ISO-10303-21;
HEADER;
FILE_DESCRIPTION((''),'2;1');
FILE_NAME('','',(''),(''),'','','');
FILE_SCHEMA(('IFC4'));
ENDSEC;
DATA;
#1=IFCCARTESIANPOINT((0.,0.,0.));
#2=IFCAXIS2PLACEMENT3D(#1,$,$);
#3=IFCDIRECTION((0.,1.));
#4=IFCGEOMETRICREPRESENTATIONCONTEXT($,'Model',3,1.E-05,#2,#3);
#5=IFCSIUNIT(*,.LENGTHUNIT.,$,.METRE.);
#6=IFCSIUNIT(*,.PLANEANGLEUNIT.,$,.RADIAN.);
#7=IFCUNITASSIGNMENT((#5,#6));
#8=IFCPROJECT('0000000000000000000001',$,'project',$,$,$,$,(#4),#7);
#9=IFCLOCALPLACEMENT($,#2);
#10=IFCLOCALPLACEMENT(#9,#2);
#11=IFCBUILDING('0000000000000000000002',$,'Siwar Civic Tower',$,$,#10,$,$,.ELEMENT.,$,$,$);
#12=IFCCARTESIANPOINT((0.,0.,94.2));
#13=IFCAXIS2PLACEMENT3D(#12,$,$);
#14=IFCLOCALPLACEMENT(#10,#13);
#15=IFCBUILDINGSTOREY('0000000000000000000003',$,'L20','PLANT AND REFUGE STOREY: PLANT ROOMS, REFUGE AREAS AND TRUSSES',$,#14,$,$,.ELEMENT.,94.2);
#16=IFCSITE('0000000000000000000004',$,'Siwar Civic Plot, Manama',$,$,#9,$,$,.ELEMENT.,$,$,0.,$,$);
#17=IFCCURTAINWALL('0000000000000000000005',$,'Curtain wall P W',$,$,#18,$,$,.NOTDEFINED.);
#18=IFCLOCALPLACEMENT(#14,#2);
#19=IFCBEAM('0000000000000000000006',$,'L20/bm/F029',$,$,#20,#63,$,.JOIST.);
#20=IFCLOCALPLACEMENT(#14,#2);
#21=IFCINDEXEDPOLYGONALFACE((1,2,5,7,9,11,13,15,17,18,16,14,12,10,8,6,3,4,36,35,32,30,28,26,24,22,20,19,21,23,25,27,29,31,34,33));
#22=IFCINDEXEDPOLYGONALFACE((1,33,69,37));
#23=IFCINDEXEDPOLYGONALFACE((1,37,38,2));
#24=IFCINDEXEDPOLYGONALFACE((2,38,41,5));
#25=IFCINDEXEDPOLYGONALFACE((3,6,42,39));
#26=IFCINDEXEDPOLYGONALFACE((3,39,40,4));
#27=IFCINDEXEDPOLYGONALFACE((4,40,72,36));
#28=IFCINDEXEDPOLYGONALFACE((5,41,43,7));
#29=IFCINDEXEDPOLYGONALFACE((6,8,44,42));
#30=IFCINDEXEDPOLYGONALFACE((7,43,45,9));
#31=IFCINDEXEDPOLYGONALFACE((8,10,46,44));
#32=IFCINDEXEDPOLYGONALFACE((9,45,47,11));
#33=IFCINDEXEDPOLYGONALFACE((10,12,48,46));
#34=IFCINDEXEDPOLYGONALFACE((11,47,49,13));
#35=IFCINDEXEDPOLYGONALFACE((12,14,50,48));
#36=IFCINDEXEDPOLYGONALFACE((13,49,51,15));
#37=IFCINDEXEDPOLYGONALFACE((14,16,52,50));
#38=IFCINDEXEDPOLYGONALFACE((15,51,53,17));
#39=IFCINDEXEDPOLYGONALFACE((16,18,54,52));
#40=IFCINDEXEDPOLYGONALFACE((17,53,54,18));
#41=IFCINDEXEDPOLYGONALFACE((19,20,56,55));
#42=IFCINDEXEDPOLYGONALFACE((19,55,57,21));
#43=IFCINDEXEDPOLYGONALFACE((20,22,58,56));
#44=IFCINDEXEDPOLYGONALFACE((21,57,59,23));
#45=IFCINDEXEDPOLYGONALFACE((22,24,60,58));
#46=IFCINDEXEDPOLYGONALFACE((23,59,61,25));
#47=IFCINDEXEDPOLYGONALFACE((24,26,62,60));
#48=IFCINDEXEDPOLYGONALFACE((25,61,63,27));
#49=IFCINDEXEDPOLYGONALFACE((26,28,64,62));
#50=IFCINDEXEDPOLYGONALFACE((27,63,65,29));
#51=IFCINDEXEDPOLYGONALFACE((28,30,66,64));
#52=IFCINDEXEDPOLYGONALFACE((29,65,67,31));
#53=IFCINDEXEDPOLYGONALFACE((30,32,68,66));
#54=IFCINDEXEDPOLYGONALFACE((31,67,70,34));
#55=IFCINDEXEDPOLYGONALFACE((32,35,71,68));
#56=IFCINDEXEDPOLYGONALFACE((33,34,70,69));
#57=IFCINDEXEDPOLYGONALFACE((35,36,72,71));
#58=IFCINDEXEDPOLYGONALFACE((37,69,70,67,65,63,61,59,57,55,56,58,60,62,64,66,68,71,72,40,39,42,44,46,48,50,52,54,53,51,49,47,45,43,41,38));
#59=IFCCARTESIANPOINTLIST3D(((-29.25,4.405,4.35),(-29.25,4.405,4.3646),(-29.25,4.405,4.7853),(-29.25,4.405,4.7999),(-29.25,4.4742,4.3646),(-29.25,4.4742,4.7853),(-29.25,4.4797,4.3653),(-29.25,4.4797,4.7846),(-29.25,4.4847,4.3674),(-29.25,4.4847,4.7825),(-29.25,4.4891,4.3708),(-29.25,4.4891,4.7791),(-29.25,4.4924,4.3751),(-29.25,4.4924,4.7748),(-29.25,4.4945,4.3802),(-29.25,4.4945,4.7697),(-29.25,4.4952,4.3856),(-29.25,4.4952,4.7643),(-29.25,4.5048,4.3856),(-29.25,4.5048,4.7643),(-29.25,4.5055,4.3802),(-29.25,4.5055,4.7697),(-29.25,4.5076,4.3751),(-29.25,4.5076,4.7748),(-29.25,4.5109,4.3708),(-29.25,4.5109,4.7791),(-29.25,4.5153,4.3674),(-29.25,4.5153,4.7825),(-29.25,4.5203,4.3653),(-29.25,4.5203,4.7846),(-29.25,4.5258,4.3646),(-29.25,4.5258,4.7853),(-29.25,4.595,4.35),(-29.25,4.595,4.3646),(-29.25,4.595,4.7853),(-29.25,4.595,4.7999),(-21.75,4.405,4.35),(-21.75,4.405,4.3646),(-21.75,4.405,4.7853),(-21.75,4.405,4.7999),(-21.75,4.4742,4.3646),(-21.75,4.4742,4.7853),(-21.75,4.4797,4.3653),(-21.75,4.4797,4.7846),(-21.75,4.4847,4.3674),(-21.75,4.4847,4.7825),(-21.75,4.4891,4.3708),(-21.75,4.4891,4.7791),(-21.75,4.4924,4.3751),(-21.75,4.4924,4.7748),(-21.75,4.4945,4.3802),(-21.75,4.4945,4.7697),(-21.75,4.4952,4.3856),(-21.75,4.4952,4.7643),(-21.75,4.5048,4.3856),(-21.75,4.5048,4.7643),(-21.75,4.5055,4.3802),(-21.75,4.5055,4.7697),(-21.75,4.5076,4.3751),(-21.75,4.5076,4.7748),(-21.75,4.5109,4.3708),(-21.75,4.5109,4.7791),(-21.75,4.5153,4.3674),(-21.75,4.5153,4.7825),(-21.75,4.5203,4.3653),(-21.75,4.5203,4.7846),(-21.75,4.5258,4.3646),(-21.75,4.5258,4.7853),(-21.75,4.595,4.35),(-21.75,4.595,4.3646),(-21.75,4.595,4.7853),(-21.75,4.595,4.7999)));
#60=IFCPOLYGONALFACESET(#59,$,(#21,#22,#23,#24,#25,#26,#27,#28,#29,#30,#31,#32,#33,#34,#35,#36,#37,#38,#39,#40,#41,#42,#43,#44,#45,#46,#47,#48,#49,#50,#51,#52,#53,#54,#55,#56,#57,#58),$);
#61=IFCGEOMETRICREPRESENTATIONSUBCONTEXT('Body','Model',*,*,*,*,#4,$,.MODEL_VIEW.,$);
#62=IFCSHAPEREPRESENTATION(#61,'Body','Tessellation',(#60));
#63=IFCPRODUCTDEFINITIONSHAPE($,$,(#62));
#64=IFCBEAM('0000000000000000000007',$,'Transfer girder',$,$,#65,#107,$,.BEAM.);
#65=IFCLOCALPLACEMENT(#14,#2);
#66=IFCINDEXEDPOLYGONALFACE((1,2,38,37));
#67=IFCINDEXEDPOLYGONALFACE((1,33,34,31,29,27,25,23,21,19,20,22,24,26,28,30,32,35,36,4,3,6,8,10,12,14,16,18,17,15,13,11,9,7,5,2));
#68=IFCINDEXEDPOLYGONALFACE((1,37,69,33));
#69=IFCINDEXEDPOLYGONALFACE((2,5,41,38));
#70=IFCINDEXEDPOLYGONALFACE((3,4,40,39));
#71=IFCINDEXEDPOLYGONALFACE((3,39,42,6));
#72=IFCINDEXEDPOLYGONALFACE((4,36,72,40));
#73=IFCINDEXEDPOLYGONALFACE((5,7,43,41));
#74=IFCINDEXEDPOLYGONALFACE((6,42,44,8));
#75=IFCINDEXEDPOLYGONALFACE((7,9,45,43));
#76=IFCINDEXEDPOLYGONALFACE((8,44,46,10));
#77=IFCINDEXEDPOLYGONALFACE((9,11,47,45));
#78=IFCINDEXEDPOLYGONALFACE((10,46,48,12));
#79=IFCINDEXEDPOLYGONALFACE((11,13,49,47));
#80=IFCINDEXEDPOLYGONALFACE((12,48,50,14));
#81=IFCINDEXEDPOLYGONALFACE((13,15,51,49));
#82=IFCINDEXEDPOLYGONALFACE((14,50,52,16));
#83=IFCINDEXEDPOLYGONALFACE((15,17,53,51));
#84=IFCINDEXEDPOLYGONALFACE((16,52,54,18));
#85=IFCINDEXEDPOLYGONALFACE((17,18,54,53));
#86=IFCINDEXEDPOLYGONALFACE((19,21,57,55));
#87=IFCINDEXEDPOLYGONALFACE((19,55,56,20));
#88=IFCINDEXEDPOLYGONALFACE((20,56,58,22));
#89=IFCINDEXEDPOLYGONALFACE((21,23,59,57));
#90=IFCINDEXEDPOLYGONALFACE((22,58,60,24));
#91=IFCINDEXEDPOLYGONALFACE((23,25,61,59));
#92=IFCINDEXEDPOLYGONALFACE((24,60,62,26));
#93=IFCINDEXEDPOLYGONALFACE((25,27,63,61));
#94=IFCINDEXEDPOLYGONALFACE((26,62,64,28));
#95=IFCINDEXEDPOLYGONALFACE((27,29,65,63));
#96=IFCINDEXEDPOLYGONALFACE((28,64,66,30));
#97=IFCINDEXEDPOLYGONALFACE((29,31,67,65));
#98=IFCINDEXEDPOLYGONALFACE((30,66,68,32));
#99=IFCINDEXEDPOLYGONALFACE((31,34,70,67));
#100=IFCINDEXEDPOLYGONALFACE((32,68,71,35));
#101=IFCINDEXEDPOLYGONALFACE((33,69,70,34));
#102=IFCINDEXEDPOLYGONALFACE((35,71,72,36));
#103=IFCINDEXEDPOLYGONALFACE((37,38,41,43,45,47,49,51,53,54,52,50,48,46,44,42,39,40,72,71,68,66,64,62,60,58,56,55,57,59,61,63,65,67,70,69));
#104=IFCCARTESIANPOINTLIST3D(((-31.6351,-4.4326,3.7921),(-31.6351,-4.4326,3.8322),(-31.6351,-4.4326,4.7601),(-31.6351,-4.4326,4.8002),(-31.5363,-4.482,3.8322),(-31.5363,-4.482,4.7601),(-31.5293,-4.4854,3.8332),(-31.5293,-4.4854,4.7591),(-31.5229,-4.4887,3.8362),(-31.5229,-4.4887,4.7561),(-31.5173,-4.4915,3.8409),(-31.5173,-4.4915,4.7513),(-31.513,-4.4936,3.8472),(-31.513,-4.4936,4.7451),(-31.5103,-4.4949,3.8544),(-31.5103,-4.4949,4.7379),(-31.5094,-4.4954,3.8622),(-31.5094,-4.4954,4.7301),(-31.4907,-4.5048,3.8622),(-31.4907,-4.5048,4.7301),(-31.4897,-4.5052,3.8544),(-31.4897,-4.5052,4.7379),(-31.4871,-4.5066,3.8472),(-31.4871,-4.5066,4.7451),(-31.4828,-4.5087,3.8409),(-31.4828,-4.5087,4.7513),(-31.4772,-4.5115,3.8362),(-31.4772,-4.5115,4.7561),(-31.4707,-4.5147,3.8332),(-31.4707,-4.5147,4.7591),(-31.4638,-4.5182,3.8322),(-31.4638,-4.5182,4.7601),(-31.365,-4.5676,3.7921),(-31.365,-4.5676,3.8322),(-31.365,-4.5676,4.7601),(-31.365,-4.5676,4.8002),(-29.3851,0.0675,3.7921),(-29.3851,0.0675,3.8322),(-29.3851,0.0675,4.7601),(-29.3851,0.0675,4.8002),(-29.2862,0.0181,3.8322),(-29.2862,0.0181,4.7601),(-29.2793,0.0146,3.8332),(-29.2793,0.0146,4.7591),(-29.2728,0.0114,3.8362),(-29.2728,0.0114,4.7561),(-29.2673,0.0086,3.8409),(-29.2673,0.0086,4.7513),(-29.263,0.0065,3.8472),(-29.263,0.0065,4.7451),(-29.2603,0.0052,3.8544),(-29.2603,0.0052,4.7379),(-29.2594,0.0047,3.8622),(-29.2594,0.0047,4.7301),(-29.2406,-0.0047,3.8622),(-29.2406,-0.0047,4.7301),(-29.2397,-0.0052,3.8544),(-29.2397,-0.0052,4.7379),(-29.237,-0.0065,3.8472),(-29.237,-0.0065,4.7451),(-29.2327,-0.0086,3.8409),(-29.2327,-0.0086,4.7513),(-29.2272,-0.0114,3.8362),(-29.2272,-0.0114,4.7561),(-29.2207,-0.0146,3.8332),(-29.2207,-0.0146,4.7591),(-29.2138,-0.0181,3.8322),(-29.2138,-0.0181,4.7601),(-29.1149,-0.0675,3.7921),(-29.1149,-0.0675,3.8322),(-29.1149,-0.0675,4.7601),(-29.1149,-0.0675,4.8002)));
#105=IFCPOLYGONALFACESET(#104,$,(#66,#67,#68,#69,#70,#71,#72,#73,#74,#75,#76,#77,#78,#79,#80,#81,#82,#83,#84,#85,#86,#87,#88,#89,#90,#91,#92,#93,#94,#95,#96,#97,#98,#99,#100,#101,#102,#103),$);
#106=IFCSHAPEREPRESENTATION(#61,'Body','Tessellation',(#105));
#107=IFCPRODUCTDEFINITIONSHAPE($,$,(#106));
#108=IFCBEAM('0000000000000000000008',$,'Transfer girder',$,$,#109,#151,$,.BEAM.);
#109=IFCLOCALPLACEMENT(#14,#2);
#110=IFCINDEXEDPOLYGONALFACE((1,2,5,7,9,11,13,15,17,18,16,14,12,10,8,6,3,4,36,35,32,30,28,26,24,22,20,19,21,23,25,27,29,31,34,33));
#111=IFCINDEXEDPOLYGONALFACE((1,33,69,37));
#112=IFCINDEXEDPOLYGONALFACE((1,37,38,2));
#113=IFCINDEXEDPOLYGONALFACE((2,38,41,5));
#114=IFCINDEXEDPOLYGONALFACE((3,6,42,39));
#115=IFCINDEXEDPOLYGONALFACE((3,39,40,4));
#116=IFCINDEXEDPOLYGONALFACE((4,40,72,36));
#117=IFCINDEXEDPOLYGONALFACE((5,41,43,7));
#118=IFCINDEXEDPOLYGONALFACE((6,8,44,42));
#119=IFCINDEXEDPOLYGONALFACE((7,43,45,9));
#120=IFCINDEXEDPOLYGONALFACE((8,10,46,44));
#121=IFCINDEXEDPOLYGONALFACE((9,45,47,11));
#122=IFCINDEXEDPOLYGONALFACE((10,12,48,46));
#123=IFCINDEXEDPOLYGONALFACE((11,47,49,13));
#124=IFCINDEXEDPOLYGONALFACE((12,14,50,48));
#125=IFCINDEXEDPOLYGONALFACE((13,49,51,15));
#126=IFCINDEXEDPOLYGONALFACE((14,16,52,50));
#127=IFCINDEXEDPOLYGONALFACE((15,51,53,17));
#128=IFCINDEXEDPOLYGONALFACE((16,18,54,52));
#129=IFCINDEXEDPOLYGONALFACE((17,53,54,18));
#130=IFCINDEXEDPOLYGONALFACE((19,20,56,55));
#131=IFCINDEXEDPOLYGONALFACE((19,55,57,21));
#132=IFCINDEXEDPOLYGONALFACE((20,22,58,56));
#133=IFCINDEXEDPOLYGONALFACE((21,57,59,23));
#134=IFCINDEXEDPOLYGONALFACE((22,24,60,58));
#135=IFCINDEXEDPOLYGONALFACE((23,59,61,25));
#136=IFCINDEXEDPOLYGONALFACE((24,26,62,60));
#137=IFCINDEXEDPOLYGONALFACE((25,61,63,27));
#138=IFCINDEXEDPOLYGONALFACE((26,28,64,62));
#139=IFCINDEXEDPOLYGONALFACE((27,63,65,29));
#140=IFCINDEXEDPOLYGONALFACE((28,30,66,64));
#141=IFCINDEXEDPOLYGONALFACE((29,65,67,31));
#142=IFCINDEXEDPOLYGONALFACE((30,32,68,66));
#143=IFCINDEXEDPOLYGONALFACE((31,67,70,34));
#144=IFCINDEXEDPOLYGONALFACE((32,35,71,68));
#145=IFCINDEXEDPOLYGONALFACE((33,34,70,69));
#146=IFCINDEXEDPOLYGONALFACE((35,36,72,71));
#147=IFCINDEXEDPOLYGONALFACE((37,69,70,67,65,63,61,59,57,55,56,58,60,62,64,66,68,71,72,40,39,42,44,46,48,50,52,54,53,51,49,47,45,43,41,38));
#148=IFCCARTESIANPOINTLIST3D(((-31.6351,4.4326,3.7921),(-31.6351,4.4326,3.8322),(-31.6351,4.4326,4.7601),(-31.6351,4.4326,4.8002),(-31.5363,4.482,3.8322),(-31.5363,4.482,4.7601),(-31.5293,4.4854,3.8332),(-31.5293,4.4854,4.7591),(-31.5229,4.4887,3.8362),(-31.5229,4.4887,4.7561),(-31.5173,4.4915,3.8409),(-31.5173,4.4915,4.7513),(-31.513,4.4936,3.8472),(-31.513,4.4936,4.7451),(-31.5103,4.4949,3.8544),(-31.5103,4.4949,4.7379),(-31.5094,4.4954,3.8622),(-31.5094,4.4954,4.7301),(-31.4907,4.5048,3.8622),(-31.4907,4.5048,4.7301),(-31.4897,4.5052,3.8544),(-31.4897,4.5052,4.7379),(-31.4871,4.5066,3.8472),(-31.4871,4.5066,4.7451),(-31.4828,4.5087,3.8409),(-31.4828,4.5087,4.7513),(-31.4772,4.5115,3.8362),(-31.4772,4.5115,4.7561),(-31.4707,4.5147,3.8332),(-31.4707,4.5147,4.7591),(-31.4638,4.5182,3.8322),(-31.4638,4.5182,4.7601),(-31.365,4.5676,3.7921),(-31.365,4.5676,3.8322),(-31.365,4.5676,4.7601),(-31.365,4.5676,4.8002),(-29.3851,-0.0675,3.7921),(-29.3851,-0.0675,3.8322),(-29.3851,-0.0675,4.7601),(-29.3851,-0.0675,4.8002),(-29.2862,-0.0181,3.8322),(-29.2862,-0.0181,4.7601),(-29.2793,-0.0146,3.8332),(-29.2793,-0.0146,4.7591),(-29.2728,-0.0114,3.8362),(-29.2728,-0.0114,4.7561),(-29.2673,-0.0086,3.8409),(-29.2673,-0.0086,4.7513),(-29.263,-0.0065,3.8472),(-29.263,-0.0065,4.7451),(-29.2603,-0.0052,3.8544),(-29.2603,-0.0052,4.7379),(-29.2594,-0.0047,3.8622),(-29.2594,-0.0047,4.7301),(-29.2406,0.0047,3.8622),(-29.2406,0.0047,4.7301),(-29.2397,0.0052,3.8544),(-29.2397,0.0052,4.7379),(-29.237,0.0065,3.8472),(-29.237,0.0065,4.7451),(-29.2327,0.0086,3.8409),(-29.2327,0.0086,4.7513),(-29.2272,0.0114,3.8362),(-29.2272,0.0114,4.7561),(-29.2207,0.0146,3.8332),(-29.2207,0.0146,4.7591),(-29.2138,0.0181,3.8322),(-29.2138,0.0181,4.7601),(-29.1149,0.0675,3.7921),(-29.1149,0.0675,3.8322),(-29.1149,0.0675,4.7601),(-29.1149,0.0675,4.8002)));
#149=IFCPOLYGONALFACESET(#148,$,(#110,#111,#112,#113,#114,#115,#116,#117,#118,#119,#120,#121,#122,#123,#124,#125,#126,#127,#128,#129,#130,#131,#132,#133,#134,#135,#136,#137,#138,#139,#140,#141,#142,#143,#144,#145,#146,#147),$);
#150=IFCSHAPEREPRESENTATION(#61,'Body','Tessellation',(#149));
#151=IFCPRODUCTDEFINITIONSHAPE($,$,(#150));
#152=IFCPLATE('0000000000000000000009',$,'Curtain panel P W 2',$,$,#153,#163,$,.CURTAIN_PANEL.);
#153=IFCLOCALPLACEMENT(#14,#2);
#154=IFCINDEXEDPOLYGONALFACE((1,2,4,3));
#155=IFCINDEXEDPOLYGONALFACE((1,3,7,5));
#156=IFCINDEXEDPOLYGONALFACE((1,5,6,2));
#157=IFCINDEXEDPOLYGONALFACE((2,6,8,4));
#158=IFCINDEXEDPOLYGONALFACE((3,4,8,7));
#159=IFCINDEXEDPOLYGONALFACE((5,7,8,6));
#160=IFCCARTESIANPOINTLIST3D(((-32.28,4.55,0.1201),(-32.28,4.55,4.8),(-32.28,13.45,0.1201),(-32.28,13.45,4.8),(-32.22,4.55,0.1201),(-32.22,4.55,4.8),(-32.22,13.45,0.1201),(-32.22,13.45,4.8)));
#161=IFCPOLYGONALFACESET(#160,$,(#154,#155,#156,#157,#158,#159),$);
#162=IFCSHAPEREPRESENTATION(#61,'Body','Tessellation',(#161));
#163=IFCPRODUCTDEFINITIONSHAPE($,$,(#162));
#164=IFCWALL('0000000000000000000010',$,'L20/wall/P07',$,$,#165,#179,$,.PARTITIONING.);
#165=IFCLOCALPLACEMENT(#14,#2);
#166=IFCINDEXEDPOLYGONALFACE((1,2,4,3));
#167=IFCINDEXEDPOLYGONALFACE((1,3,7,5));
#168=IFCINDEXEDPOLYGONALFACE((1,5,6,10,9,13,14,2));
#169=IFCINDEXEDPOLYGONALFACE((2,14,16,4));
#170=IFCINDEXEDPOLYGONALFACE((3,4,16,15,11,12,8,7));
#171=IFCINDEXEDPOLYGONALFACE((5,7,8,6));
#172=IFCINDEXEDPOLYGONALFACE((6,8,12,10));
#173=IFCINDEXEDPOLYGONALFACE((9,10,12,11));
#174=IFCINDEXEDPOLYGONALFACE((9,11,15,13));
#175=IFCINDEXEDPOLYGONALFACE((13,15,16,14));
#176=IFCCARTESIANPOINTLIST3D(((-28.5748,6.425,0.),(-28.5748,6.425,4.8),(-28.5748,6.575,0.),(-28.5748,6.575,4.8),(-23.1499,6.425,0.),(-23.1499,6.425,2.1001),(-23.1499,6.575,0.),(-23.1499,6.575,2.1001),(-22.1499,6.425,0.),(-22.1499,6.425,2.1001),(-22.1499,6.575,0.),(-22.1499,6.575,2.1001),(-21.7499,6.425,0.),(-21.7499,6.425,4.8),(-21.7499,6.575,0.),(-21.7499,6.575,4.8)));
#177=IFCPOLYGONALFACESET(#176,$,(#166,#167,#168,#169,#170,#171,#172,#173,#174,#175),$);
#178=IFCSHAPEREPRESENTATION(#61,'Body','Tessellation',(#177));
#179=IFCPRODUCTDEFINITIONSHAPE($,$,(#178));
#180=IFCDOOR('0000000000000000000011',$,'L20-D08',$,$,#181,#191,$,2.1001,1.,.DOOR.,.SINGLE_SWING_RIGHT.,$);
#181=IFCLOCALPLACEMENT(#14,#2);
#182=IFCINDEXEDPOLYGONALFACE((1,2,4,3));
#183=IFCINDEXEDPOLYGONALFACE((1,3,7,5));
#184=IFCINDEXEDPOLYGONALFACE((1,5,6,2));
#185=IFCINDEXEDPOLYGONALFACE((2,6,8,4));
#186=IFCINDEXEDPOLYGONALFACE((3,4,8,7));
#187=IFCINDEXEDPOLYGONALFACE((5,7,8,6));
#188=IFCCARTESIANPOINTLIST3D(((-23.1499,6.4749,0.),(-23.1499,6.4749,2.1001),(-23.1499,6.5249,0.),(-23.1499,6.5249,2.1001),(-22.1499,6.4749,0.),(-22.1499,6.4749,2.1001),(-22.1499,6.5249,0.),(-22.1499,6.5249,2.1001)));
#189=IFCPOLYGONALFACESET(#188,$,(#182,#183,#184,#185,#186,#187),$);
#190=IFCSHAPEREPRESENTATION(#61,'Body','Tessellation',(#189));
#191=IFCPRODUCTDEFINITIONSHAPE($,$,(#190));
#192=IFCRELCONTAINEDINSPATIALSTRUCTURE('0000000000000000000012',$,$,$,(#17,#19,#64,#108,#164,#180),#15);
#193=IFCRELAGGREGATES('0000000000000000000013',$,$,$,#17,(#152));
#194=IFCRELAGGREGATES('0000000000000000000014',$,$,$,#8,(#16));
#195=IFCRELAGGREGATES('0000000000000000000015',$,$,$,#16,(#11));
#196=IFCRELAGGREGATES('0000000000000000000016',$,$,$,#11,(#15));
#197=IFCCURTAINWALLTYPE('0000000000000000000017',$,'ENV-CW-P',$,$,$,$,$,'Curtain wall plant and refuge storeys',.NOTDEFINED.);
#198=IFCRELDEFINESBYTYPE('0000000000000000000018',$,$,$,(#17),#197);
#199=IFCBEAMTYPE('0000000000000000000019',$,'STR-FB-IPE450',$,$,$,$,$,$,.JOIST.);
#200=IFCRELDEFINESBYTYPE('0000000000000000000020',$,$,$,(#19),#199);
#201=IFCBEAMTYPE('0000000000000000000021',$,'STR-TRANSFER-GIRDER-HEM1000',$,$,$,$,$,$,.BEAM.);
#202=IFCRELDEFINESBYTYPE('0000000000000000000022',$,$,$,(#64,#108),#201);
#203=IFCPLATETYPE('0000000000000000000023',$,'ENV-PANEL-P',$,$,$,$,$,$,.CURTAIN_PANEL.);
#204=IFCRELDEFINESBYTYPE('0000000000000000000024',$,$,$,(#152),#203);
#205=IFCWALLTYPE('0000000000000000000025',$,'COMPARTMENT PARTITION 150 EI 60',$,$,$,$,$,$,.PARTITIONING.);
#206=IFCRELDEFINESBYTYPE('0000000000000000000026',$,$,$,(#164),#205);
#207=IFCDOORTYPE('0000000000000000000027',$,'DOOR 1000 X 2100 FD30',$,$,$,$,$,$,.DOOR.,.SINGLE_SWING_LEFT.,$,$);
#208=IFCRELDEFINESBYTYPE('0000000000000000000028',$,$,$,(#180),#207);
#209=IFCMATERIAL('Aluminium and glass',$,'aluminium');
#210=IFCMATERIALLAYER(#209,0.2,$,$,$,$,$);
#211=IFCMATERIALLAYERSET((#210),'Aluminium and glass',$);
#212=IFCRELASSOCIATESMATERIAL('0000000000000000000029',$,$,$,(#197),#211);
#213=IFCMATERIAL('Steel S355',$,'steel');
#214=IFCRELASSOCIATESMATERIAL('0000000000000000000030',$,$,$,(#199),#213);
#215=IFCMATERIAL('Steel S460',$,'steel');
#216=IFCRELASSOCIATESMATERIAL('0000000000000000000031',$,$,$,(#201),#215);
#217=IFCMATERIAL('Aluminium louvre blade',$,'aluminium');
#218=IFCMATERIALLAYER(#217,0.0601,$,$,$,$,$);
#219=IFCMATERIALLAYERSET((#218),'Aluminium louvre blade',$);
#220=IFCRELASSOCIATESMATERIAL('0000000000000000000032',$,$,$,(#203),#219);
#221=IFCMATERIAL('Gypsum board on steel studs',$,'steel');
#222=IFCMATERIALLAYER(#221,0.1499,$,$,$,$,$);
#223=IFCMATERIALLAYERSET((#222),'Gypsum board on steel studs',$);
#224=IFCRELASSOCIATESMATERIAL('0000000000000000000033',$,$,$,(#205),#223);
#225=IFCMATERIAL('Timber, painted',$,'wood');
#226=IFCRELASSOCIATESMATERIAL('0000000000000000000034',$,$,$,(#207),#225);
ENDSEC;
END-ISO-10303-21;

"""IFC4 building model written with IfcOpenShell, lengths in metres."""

from ifc_helpers import new_model, si_unit, direction, frame, frame_2d, origin, origin_2d, place, context, subcontext, project, spatial, rectangle, i_section, extrude, material, layer, layer_set, material_profile, profile_set, type_object, element, fill, aggregate, save


model = new_model("IFC4")

# Units and contexts
model_context = context("Model", 3, precision=1e-05, world=origin(), true_north=direction((0.0, 1.0)))
body_context = subcontext(model_context, "Body", "Model", "MODEL_VIEW")
ifc_project = project(units=[si_unit("LENGTHUNIT", "METRE"), si_unit("PLANEANGLEUNIT", "RADIAN")], contexts=[model_context])

# Site, building, storey
site_placement = place(None, origin())
site = spatial("IfcSite", under=ifc_project, at=site_placement, Name="Siwar Civic Plot, Manama", CompositionType="ELEMENT", RefElevation=0.0)
building_placement = place(site_placement, origin())
building = spatial("IfcBuilding", under=site, at=building_placement, Name="Siwar Civic Tower", CompositionType="ELEMENT")
storey_placement = place(building_placement, frame((0.0, 0.0, 94.2)))
storey = spatial("IfcBuildingStorey", under=building, at=storey_placement, Name="L20", Description="PLANT AND REFUGE STOREY: PLANT ROOMS, REFUGE AREAS AND TRUSSES", CompositionType="ELEMENT", Elevation=94.2)

# Curtain wall
ifc_material_1 = material(Name="Aluminium and glass", Category="aluminium")
ifc_layer_1 = layer(ifc_material_1, 0.2)
ifc_layer_set_1 = layer_set([ifc_layer_1], Name="Aluminium and glass")
curtain_wall_type = type_object("IfcCurtainWallType", Name="ENV-CW-P", ElementType="Curtain wall plant and refuge storeys", PredefinedType="NOTDEFINED", material=ifc_layer_set_1)
curtain_wall_placement = place(storey_placement, origin())
curtain_wall = element("IfcCurtainWall", 1, at=curtain_wall_placement, inside=storey, type_object=curtain_wall_type, Name="Curtain wall P W", PredefinedType="NOTDEFINED")

# Beams
ifc_material_2 = material(Name="Steel S355", Category="steel")
ifc_material_profile_1 = material_profile(ifc_material_2, i_section(OverallWidth=0.1899, OverallDepth=0.45, WebThickness=0.0095, FlangeThickness=0.0146, FilletRadius=0.021, at=origin_2d()), Name="IPE450")
ifc_profile_set_1 = profile_set([ifc_material_profile_1], Name="Steel S355")
beam_type_1 = type_object("IfcBeamType", Name="STR-FB-IPE450", PredefinedType="JOIST", material=ifc_profile_set_1)
beam_placement = place(storey_placement, frame((-29.25, 4.5, 4.575), z_axis=(1.0, 0.0, 0.0), x_axis=(0.0, 1.0, 0.0)))
element("IfcBeam", 2, at=beam_placement, inside=storey, type_object=beam_type_1, Name="L20/bm/F029", PredefinedType="JOIST", context=body_context, shape_type="SweptSolid", body=[
    extrude(i_section(OverallWidth=0.1899, OverallDepth=0.45, WebThickness=0.0095, FlangeThickness=0.0146, FilletRadius=0.021, at=origin_2d()), origin(), (0.0, 0.0, 1.0), 7.5),
])
ifc_material_3 = material(Name="Steel S460", Category="steel")
ifc_material_profile_2 = material_profile(ifc_material_3, i_section(OverallWidth=0.302, OverallDepth=1.0081, WebThickness=0.021, FlangeThickness=0.04, FilletRadius=0.03, at=origin_2d()), Name="HEM1000")
ifc_profile_set_2 = profile_set([ifc_material_profile_2], Name="Steel S460")
beam_type_2 = type_object("IfcBeamType", Name="STR-TRANSFER-GIRDER-HEM1000", PredefinedType="BEAM", material=ifc_profile_set_2)
for number, where, z_axis, x_axis, name in (
    (3, (-29.25, 0.0, 4.2961), (-0.447214, -0.894427, 0.0), (0.894427, -0.447214, 0.0), "Transfer girder"),
    (4, (-29.25, 0.0, 4.2961), (-0.447214, 0.894427, 0.0), (-0.894427, -0.447214, 0.0), "Transfer girder"),
):
    element("IfcBeam", number, at=place(storey_placement, frame(where, z_axis=z_axis, x_axis=x_axis)), inside=storey, type_object=beam_type_2, Name=name, PredefinedType="BEAM", context=body_context, shape_type="SweptSolid", body=[
        extrude(i_section(OverallWidth=0.302, OverallDepth=1.0081, WebThickness=0.021, FlangeThickness=0.04, FilletRadius=0.03, at=origin_2d()), origin(), (0.0, 0.0, 1.0), 5.0312),
    ])

# Plate
ifc_material_4 = material(Name="Aluminium louvre blade", Category="aluminium")
ifc_layer_2 = layer(ifc_material_4, 0.0601)
ifc_layer_set_2 = layer_set([ifc_layer_2], Name="Aluminium louvre blade")
plate_type = type_object("IfcPlateType", Name="ENV-PANEL-P", PredefinedType="CURTAIN_PANEL", material=ifc_layer_set_2)
plate_placement = place(storey_placement, frame((-32.25, 9.0, 0.1201), z_axis=(0.0, 0.0, 1.0), x_axis=(0.0, -1.0, 0.0)))
plate = element("IfcPlate", 5, at=plate_placement, type_object=plate_type, Name="Curtain panel P W 2", PredefinedType="CURTAIN_PANEL", context=body_context, shape_type="SweptSolid", body=[
    extrude(rectangle(XDim=8.8999, YDim=0.0601, at=origin_2d()), origin(), (0.0, 0.0, 1.0), 4.6799),
])
aggregate(curtain_wall, [plate])

# Wall, opening, door
ifc_material_5 = material(Name="Gypsum board on steel studs", Category="steel")
ifc_layer_3 = layer(ifc_material_5, 0.1499)
ifc_layer_set_3 = layer_set([ifc_layer_3], Name="Gypsum board on steel studs")
wall_type = type_object("IfcWallType", Name="COMPARTMENT PARTITION 150 EI 60", PredefinedType="PARTITIONING", material=ifc_layer_set_3)
wall_1_placement = place(storey_placement, frame((-28.575, 6.5, 0.0), z_axis=(0.0, 0.0, 1.0), x_axis=(1.0, 0.0, 0.0)))
wall_1 = element("IfcWall", 6, at=wall_1_placement, inside=storey, type_object=wall_type, Name="L20/wall/P07", PredefinedType="PARTITIONING", context=body_context, shape_type="SweptSolid", body=[
    extrude(rectangle(XDim=6.825, YDim=0.1499, at=frame_2d((3.4126, 0.0))), origin(), (0.0, 0.0, 1.0), 4.8),
])
opening_1_placement = place(wall_1_placement, frame((5.425, 0.0, 0.0)))
opening_1 = element("IfcOpeningElement", 7, at=opening_1_placement, cuts=wall_1, PredefinedType="OPENING", context=body_context, shape_type="SweptSolid", body=[
    extrude(rectangle(XDim=1.0, YDim=2.1001, at=frame_2d((0.5, 1.05))), frame((0.0, 0.085, 0.0), z_axis=(0.0, -1.0, 0.0), x_axis=(1.0, 0.0, 0.0)), (0.0, 0.0, 1.0), 0.1699),
])
ifc_material_6 = material(Name="Timber, painted", Category="wood")
door_type_1 = type_object("IfcDoorType", Name="DOOR 1000 X 2100 FD30", OperationType="SINGLE_SWING_LEFT", PredefinedType="DOOR", material=ifc_material_6)
door_1_placement = place(opening_1_placement, origin())
door_1 = element("IfcDoor", 8, at=door_1_placement, inside=storey, type_object=door_type_1, Name="L20-D08", OperationType="SINGLE_SWING_RIGHT", OverallHeight=2.1001, OverallWidth=1.0, PredefinedType="DOOR", context=body_context, shape_type="SweptSolid", body=[
    extrude(rectangle(XDim=1.0, YDim=2.1001, at=frame_2d((0.5, 1.05))), frame((0.0, 0.0249, 0.0), z_axis=(0.0, -1.0, 0.0), x_axis=(1.0, 0.0, 0.0)), (0.0, 0.0, 1.0), 0.05),
])
fill(opening_1, door_1)

save(model, "model.ifc")
